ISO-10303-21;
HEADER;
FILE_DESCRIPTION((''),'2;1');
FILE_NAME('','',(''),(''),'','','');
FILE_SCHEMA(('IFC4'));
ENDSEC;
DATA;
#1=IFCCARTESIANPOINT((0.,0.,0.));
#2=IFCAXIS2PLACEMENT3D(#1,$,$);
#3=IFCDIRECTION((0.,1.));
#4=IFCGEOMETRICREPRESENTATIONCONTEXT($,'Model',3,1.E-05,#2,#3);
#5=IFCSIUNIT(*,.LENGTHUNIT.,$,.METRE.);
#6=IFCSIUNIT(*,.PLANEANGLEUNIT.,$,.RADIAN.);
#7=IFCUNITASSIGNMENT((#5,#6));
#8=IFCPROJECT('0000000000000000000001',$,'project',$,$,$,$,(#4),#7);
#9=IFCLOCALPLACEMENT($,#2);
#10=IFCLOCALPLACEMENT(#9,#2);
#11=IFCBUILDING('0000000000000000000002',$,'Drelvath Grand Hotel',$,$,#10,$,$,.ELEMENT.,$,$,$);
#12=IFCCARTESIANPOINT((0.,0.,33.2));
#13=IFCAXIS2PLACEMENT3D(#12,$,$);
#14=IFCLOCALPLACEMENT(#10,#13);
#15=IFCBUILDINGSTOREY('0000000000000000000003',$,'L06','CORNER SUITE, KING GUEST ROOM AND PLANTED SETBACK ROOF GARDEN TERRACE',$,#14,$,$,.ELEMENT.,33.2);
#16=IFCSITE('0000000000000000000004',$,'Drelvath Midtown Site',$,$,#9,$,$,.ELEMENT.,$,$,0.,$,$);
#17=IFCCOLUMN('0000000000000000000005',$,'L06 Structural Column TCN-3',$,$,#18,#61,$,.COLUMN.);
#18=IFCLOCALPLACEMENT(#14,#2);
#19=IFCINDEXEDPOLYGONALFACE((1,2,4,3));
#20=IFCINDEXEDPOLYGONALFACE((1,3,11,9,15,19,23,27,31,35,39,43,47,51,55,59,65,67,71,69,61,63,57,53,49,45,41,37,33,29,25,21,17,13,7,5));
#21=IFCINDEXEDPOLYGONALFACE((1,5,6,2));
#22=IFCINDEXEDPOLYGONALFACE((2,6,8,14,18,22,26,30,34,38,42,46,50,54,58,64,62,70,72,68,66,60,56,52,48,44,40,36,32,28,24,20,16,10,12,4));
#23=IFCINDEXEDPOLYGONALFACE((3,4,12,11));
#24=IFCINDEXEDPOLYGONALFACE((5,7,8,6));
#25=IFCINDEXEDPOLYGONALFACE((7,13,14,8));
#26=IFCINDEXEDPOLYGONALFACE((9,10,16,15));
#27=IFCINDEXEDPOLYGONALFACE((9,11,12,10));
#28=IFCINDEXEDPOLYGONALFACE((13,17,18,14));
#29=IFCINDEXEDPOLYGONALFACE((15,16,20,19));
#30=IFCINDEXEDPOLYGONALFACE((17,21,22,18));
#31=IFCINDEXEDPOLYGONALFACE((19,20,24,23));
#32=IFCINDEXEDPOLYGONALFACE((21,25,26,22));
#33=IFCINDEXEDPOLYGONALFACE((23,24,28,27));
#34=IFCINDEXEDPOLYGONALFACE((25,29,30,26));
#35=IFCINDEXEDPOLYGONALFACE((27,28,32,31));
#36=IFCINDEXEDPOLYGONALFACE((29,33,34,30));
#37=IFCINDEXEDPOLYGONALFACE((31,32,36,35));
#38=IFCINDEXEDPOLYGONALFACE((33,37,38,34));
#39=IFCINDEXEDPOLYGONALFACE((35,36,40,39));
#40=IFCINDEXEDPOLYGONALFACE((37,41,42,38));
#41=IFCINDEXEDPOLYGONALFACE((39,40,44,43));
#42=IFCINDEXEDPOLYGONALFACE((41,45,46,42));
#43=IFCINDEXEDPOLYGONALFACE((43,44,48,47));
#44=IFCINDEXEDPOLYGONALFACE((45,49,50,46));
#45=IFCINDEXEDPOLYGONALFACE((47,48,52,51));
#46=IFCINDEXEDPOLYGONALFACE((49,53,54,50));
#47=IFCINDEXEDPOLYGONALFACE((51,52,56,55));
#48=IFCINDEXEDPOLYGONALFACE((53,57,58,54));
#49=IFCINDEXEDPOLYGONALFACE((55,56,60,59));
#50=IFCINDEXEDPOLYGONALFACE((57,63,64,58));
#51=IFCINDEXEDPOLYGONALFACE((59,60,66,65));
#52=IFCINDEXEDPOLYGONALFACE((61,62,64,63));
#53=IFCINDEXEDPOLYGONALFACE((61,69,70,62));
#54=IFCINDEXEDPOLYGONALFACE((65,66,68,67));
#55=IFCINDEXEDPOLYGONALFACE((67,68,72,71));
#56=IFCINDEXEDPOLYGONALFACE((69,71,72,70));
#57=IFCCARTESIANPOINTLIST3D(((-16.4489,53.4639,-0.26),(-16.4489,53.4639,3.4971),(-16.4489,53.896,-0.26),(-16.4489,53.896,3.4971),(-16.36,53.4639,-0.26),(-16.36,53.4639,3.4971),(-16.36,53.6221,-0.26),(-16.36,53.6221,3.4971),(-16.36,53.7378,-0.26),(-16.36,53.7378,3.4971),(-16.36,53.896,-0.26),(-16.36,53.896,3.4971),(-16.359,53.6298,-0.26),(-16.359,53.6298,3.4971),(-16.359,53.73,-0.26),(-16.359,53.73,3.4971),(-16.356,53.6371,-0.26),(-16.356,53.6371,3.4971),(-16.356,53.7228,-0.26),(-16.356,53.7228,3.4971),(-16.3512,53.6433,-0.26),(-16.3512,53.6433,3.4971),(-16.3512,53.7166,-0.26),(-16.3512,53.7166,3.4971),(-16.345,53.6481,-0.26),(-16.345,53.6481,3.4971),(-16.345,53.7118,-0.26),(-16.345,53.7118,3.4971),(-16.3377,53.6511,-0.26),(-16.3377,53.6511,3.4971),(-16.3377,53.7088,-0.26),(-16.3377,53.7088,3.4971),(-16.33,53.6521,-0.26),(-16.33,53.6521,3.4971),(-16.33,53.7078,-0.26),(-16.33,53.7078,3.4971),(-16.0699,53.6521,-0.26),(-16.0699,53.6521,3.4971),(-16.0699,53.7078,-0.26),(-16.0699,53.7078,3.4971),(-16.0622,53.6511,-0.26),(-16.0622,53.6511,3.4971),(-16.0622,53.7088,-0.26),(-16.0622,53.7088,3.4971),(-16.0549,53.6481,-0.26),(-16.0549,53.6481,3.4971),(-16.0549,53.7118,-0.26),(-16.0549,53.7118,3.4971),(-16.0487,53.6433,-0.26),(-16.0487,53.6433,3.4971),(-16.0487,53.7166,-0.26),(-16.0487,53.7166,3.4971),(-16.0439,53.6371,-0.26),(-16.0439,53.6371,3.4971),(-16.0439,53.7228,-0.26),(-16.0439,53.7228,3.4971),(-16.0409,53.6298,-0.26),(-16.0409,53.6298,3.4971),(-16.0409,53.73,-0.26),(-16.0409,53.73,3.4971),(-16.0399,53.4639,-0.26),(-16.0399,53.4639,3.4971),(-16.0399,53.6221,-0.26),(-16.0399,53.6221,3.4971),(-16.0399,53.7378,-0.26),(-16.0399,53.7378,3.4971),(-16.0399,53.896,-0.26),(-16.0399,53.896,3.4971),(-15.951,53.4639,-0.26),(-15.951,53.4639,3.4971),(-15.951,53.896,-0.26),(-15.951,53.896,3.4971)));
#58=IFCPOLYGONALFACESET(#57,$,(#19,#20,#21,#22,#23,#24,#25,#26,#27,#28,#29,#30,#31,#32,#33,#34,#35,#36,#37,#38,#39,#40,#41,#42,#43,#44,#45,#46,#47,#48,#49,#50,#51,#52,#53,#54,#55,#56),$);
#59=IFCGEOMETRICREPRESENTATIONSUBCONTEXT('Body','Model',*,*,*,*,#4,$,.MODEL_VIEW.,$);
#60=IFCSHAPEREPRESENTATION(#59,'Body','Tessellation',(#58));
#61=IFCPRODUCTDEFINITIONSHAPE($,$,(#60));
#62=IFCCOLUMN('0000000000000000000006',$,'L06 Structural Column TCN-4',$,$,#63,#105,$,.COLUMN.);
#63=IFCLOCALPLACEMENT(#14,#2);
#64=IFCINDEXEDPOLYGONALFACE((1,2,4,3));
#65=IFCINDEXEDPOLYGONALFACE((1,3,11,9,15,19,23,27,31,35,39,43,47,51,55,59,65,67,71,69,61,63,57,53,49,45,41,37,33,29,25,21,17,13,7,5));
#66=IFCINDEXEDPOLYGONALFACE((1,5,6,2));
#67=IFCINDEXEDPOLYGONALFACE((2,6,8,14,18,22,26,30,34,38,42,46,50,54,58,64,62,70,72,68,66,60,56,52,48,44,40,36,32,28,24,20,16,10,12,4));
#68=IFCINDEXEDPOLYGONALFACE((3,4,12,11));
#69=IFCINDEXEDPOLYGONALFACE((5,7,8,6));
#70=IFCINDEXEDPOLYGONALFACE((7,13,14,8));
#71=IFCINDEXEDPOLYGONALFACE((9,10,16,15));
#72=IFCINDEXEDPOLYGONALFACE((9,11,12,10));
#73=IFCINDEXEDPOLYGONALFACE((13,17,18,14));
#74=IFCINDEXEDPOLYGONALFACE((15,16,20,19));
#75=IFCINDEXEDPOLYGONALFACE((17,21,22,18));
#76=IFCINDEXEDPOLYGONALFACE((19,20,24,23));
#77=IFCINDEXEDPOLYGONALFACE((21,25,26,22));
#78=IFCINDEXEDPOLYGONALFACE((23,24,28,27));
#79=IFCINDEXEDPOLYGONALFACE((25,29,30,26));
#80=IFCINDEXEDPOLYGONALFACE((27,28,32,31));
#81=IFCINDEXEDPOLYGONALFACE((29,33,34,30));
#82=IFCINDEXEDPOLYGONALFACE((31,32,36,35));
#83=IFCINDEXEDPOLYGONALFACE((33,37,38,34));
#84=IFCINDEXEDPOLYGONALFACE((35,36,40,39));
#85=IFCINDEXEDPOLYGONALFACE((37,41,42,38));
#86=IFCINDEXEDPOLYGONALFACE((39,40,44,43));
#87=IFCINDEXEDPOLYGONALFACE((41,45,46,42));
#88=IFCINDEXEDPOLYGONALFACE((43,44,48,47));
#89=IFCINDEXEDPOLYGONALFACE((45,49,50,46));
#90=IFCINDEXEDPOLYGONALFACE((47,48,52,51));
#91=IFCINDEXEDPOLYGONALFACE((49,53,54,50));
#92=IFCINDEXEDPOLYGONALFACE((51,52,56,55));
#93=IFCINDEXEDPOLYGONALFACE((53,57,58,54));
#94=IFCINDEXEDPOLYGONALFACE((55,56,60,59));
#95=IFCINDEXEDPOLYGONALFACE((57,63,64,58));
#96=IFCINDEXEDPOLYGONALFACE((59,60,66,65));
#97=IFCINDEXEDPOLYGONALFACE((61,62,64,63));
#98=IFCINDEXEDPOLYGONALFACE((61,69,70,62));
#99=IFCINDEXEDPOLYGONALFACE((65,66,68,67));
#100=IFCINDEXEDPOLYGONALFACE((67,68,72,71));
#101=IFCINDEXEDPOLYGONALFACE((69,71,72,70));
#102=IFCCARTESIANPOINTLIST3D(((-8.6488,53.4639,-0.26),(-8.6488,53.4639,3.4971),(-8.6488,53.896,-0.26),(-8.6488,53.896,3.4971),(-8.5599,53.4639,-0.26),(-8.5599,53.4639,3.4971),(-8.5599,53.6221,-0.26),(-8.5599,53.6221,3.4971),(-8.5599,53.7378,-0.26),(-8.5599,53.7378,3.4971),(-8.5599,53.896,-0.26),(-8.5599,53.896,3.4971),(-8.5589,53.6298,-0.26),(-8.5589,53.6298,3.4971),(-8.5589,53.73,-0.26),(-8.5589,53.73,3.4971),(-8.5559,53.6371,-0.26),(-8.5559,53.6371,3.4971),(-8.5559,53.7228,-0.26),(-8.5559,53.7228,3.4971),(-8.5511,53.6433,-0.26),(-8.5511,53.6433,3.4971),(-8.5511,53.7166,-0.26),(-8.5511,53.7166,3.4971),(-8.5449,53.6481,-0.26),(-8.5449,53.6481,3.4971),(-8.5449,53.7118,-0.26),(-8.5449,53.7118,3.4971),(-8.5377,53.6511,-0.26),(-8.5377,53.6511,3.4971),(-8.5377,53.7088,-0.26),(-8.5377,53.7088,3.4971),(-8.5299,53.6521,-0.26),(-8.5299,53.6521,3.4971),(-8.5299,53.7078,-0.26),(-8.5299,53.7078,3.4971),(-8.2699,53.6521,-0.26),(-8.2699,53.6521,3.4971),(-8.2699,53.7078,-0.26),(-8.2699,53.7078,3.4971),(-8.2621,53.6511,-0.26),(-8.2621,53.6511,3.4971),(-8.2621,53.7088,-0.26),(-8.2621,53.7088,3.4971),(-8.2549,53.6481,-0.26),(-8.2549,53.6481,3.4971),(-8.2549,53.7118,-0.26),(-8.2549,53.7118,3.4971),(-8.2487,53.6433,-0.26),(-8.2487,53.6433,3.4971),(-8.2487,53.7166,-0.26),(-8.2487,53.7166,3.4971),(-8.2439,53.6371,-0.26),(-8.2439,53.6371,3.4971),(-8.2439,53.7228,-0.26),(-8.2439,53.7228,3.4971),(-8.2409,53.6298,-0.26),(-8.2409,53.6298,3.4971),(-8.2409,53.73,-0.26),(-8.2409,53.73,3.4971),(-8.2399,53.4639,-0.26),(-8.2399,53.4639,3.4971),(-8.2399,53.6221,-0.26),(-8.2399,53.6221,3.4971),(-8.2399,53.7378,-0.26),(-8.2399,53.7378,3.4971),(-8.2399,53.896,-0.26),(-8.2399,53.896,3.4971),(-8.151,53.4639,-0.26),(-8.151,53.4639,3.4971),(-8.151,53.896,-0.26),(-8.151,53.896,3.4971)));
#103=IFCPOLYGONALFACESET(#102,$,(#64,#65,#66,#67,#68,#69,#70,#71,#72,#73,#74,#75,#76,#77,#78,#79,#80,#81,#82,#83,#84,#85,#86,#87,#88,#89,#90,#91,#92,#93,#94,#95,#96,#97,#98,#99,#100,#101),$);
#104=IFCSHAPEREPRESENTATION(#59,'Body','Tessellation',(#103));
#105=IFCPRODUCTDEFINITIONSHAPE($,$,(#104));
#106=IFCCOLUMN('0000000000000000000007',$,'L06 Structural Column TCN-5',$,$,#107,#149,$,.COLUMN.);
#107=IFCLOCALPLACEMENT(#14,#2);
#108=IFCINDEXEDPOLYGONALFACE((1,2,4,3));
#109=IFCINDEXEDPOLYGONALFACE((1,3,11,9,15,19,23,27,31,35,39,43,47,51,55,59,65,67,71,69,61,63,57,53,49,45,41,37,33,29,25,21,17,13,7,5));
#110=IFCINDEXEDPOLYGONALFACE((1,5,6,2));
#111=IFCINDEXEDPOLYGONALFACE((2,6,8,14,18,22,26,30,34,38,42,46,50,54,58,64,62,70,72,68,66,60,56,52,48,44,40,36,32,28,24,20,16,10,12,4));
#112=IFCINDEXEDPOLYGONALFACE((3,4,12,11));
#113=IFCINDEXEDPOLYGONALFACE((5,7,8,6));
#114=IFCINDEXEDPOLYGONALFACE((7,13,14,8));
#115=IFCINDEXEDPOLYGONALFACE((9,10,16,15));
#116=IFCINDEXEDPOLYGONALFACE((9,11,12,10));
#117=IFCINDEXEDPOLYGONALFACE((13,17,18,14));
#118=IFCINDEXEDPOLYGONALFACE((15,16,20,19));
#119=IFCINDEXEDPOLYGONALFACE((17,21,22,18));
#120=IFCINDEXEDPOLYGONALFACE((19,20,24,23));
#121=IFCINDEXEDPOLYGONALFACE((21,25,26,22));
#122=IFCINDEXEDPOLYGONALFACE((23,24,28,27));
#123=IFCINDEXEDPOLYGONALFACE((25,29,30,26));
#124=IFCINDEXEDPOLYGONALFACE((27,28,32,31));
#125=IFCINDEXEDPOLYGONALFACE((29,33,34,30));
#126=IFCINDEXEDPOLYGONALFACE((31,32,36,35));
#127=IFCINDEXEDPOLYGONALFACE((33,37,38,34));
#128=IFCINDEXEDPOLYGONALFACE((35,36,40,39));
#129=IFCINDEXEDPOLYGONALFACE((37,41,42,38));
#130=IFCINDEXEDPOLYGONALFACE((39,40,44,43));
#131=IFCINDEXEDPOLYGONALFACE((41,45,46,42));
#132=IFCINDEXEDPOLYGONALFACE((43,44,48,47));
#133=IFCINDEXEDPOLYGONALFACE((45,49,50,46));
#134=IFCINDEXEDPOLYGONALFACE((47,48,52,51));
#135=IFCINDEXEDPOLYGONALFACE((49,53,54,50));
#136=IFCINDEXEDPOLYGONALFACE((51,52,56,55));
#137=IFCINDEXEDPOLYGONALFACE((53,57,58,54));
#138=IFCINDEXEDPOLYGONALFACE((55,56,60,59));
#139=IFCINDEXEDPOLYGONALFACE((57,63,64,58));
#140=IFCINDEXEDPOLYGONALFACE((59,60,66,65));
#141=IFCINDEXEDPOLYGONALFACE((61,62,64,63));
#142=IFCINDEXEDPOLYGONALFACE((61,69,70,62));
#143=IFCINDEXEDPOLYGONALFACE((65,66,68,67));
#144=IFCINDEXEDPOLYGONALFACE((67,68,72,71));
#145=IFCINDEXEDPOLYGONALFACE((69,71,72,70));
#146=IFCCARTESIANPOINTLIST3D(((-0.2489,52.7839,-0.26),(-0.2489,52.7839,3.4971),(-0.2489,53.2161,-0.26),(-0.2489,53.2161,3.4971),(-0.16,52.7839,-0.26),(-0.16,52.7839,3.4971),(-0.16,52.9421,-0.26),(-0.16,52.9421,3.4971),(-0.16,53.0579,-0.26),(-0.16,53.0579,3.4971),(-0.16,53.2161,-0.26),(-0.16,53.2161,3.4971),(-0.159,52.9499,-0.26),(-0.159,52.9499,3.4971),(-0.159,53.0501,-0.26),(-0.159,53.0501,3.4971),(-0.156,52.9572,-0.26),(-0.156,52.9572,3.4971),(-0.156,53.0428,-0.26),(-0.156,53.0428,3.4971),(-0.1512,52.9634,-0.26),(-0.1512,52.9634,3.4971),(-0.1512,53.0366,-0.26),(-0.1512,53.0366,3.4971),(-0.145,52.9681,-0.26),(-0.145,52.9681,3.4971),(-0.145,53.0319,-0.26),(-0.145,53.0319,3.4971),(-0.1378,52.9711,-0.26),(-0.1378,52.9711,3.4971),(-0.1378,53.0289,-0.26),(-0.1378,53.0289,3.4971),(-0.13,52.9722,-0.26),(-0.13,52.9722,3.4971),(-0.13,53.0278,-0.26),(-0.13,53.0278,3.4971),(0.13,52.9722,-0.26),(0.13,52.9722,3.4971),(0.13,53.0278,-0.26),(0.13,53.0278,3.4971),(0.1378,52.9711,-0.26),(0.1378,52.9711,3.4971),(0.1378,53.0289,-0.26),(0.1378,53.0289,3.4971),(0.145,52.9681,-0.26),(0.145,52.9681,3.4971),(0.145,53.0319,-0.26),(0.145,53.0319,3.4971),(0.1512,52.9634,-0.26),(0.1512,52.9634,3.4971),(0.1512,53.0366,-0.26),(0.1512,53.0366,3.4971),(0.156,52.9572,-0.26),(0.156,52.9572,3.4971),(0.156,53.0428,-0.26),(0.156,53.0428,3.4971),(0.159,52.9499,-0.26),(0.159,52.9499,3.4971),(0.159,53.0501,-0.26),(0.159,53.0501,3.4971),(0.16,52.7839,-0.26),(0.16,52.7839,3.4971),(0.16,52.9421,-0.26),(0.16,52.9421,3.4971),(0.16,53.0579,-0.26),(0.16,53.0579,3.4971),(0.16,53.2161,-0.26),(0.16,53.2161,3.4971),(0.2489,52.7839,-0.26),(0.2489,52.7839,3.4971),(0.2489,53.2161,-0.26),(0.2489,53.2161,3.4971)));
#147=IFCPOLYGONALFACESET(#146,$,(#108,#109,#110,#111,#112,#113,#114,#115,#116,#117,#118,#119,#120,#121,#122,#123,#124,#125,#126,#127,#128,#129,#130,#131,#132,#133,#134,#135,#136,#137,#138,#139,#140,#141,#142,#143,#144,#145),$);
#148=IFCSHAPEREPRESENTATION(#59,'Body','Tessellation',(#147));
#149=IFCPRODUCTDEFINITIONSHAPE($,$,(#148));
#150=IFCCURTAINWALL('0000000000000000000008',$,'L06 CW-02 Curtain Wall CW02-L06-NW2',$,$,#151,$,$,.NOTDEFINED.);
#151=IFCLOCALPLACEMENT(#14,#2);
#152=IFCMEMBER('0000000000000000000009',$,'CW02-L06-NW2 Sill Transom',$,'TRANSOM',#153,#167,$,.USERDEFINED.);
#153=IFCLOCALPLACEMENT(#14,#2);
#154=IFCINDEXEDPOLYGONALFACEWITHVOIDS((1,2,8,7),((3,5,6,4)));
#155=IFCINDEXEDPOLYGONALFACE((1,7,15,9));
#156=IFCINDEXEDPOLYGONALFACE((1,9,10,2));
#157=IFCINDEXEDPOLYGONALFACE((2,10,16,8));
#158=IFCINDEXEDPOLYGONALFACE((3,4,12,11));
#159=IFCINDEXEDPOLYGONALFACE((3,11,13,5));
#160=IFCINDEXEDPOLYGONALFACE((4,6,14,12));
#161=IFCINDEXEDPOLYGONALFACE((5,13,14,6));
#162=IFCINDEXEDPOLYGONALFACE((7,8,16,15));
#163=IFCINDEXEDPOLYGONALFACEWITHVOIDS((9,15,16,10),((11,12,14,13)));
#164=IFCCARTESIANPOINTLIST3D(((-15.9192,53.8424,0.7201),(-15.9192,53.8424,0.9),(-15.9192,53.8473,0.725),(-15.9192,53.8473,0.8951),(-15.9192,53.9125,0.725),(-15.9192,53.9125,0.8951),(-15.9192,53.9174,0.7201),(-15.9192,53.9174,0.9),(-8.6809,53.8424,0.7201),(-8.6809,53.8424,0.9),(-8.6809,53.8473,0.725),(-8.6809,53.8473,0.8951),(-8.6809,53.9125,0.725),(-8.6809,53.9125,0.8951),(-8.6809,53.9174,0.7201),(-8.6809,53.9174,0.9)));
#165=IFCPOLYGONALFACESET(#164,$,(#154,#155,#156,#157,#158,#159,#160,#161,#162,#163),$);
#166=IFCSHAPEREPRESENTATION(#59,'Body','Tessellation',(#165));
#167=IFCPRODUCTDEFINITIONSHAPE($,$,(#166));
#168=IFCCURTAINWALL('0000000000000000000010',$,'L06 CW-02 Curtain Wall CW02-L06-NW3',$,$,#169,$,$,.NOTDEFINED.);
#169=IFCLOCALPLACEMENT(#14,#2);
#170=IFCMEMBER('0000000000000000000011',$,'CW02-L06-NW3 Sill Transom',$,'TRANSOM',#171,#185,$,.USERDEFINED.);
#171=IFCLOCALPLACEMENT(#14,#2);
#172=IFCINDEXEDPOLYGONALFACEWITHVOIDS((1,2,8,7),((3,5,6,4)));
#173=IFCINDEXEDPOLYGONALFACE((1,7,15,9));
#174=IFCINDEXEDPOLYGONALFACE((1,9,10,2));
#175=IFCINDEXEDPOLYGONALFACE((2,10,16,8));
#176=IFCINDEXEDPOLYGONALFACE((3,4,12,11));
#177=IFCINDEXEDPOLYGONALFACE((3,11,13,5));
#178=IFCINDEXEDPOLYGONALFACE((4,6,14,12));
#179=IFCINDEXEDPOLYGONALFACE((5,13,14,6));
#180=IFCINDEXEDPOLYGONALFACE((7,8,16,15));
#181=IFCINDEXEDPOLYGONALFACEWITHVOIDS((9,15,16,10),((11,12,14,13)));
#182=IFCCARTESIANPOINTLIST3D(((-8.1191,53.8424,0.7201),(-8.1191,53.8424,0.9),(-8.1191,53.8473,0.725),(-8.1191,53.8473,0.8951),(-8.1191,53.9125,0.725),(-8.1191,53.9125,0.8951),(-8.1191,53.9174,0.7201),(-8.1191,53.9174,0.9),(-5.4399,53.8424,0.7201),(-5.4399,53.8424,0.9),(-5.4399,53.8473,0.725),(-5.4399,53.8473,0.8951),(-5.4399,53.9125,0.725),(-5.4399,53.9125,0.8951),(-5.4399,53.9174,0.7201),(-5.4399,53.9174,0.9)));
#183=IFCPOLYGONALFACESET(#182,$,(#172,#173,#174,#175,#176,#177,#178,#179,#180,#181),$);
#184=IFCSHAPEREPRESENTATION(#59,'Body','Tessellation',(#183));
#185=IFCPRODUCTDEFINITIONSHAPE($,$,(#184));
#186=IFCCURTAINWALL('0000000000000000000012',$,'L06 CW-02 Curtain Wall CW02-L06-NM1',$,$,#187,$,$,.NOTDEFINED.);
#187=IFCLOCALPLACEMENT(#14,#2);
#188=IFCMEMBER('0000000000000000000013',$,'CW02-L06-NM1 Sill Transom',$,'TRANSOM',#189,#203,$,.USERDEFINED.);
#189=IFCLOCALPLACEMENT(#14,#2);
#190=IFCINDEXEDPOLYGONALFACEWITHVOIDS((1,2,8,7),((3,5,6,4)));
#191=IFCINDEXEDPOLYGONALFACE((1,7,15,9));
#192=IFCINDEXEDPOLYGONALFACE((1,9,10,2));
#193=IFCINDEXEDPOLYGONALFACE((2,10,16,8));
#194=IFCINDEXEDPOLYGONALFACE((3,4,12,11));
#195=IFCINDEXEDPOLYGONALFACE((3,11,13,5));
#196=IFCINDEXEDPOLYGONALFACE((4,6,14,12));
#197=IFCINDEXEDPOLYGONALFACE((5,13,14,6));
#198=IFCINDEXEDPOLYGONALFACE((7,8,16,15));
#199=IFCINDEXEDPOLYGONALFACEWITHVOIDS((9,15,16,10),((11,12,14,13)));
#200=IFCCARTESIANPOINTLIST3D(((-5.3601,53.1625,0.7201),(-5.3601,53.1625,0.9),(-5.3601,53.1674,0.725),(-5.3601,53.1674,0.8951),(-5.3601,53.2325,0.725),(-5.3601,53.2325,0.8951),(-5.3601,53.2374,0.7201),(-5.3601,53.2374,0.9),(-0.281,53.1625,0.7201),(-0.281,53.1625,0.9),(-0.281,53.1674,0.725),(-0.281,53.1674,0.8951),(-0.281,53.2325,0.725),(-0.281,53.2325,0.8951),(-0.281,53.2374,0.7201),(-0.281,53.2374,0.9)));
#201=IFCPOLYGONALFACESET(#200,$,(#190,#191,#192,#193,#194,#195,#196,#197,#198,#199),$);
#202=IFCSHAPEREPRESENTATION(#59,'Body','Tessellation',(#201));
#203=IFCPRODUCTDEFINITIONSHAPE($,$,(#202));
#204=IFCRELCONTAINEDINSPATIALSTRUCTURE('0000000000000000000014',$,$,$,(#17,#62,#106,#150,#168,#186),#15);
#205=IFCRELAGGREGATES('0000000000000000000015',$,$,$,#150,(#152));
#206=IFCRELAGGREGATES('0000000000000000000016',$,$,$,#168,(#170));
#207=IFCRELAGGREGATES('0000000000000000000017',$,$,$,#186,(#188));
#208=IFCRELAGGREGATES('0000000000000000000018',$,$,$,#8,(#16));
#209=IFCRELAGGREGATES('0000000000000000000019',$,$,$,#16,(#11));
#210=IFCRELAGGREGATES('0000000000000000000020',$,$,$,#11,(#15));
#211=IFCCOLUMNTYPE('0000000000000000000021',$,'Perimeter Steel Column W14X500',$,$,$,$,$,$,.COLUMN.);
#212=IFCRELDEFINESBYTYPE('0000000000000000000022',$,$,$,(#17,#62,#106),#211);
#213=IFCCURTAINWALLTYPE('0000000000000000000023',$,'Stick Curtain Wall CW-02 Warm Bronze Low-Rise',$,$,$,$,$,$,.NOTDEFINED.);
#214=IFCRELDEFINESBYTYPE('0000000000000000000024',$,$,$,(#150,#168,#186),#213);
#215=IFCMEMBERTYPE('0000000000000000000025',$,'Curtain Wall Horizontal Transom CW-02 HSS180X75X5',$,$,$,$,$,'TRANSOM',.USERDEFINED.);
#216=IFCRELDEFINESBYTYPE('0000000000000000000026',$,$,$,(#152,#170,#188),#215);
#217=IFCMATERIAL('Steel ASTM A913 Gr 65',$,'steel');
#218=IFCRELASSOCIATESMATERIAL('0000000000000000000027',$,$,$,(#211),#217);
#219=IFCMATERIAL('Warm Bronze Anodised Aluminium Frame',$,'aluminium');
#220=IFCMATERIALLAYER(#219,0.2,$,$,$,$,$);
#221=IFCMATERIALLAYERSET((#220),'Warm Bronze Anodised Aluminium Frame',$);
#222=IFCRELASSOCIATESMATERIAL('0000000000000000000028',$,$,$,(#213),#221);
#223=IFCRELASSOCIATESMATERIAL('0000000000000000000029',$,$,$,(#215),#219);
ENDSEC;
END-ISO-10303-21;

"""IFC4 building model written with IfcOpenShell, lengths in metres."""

from ifc_helpers import new_model, si_unit, direction, frame, origin, origin_2d, place, context, subcontext, project, spatial, hollow_rectangle, i_section, extrude, material, layer, layer_set, material_profile, profile_set, type_object, element, aggregate, save


model = new_model("IFC4")

# Units and contexts
model_context = context("Model", 3, precision=1e-05, world=origin(), true_north=direction((0.0, 1.0)))
body_context = subcontext(model_context, "Body", "Model", "MODEL_VIEW")
ifc_project = project(units=[si_unit("LENGTHUNIT", "METRE"), si_unit("PLANEANGLEUNIT", "RADIAN")], contexts=[model_context])

# Site, building, storey
site_placement = place(None, origin())
site = spatial("IfcSite", under=ifc_project, at=site_placement, Name="Drelvath Midtown Site", CompositionType="ELEMENT", RefElevation=0.0)
building_placement = place(site_placement, origin())
building = spatial("IfcBuilding", under=site, at=building_placement, Name="Drelvath Grand Hotel", CompositionType="ELEMENT")
storey_placement = place(building_placement, frame((0.0, 0.0, 33.2)))
storey = spatial("IfcBuildingStorey", under=building, at=storey_placement, Name="L06", Description="CORNER SUITE, KING GUEST ROOM AND PLANTED SETBACK ROOF GARDEN TERRACE", CompositionType="ELEMENT", Elevation=33.2)

# Columns
ifc_material_1 = material(Name="Steel ASTM A913 Gr 65", Category="steel")
ifc_material_profile_1 = material_profile(ifc_material_1, i_section(OverallWidth=0.4321, OverallDepth=0.4978, WebThickness=0.0557, FlangeThickness=0.0889, FilletRadius=0.03, at=origin_2d()), Name="W14X500")
ifc_profile_set_1 = profile_set([ifc_material_profile_1], Name="Steel ASTM A913 Gr 65")
column_type = type_object("IfcColumnType", Name="Perimeter Steel Column W14X500", PredefinedType="COLUMN", material=ifc_profile_set_1)
for number, where, z_axis, x_axis, name in (
    (1, (-16.2, 53.6799, -0.26), (0.0, 0.0, 1.0), (0.0, 1.0, 0.0), "L06 Structural Column TCN-3"),
    (2, (-8.3999, 53.6799, -0.26), (0.0, 0.0, 1.0), (0.0, 1.0, 0.0), "L06 Structural Column TCN-4"),
    (3, (0.0, 53.0, -0.26), (0.0, 0.0, 1.0), (0.0, 1.0, 0.0), "L06 Structural Column TCN-5"),
):
    element("IfcColumn", number, at=place(storey_placement, frame(where, z_axis=z_axis, x_axis=x_axis)), inside=storey, type_object=column_type, Name=name, PredefinedType="COLUMN", context=body_context, shape_type="SweptSolid", body=[
        extrude(i_section(OverallWidth=0.4321, OverallDepth=0.4978, WebThickness=0.0557, FlangeThickness=0.0889, FilletRadius=0.03, at=origin_2d()), origin(), (0.0, 0.0, 1.0), 3.7571),
    ])

# Curtain walls, members
ifc_material_2 = material(Name="Warm Bronze Anodised Aluminium Frame", Category="aluminium")
ifc_layer_1 = layer(ifc_material_2, 0.2)
ifc_layer_set_1 = layer_set([ifc_layer_1], Name="Warm Bronze Anodised Aluminium Frame")
curtain_wall_type = type_object("IfcCurtainWallType", Name="Stick Curtain Wall CW-02 Warm Bronze Low-Rise", PredefinedType="NOTDEFINED", material=ifc_layer_set_1)
curtain_wall_1_placement = place(storey_placement, origin())
curtain_wall_1 = element("IfcCurtainWall", 4, at=curtain_wall_1_placement, inside=storey, type_object=curtain_wall_type, Name="L06 CW-02 Curtain Wall CW02-L06-NW2", PredefinedType="NOTDEFINED")
ifc_material_profile_2 = material_profile(ifc_material_2, hollow_rectangle(XDim=0.075, YDim=0.1799, WallThickness=0.0049, at=origin_2d()), Name="HSS180X75X5")
ifc_profile_set_2 = profile_set([ifc_material_profile_2], Name="Warm Bronze Anodised Aluminium Frame")
member_type_1 = type_object("IfcMemberType", Name="Curtain Wall Horizontal Transom CW-02 HSS180X75X5", ElementType="TRANSOM", PredefinedType="USERDEFINED", material=ifc_profile_set_2)
member_1_placement = place(storey_placement, frame((-15.9192, 53.8799, 0.8101), z_axis=(1.0, 0.0, 0.0), x_axis=(0.0, 1.0, 0.0)))
member_1 = element("IfcMember", 5, at=member_1_placement, type_object=member_type_1, Name="CW02-L06-NW2 Sill Transom", ObjectType="TRANSOM", PredefinedType="USERDEFINED", context=body_context, shape_type="SweptSolid", body=[
    extrude(hollow_rectangle(XDim=0.075, YDim=0.1799, WallThickness=0.0049, at=origin_2d()), origin(), (0.0, 0.0, 1.0), 7.2383),
])
curtain_wall_2_placement = place(storey_placement, origin())
curtain_wall_2 = element("IfcCurtainWall", 6, at=curtain_wall_2_placement, inside=storey, type_object=curtain_wall_type, Name="L06 CW-02 Curtain Wall CW02-L06-NW3", PredefinedType="NOTDEFINED")
member_2_placement = place(storey_placement, frame((-8.1191, 53.8799, 0.8101), z_axis=(1.0, 0.0, 0.0), x_axis=(0.0, 1.0, 0.0)))
member_2 = element("IfcMember", 7, at=member_2_placement, type_object=member_type_1, Name="CW02-L06-NW3 Sill Transom", ObjectType="TRANSOM", PredefinedType="USERDEFINED", context=body_context, shape_type="SweptSolid", body=[
    extrude(hollow_rectangle(XDim=0.075, YDim=0.1799, WallThickness=0.0049, at=origin_2d()), origin(), (0.0, 0.0, 1.0), 2.6792),
])
curtain_wall_3_placement = place(storey_placement, origin())
curtain_wall_3 = element("IfcCurtainWall", 8, at=curtain_wall_3_placement, inside=storey, type_object=curtain_wall_type, Name="L06 CW-02 Curtain Wall CW02-L06-NM1", PredefinedType="NOTDEFINED")
member_3_placement = place(storey_placement, frame((-5.3601, 53.2, 0.8101), z_axis=(1.0, 0.0, 0.0), x_axis=(0.0, 1.0, 0.0)))
member_3 = element("IfcMember", 9, at=member_3_placement, type_object=member_type_1, Name="CW02-L06-NM1 Sill Transom", ObjectType="TRANSOM", PredefinedType="USERDEFINED", context=body_context, shape_type="SweptSolid", body=[
    extrude(hollow_rectangle(XDim=0.075, YDim=0.1799, WallThickness=0.0049, at=origin_2d()), origin(), (0.0, 0.0, 1.0), 5.0791),
])

aggregate(curtain_wall_1, [member_1])
aggregate(curtain_wall_2, [member_2])
aggregate(curtain_wall_3, [member_3])

save(model, "model.ifc")
